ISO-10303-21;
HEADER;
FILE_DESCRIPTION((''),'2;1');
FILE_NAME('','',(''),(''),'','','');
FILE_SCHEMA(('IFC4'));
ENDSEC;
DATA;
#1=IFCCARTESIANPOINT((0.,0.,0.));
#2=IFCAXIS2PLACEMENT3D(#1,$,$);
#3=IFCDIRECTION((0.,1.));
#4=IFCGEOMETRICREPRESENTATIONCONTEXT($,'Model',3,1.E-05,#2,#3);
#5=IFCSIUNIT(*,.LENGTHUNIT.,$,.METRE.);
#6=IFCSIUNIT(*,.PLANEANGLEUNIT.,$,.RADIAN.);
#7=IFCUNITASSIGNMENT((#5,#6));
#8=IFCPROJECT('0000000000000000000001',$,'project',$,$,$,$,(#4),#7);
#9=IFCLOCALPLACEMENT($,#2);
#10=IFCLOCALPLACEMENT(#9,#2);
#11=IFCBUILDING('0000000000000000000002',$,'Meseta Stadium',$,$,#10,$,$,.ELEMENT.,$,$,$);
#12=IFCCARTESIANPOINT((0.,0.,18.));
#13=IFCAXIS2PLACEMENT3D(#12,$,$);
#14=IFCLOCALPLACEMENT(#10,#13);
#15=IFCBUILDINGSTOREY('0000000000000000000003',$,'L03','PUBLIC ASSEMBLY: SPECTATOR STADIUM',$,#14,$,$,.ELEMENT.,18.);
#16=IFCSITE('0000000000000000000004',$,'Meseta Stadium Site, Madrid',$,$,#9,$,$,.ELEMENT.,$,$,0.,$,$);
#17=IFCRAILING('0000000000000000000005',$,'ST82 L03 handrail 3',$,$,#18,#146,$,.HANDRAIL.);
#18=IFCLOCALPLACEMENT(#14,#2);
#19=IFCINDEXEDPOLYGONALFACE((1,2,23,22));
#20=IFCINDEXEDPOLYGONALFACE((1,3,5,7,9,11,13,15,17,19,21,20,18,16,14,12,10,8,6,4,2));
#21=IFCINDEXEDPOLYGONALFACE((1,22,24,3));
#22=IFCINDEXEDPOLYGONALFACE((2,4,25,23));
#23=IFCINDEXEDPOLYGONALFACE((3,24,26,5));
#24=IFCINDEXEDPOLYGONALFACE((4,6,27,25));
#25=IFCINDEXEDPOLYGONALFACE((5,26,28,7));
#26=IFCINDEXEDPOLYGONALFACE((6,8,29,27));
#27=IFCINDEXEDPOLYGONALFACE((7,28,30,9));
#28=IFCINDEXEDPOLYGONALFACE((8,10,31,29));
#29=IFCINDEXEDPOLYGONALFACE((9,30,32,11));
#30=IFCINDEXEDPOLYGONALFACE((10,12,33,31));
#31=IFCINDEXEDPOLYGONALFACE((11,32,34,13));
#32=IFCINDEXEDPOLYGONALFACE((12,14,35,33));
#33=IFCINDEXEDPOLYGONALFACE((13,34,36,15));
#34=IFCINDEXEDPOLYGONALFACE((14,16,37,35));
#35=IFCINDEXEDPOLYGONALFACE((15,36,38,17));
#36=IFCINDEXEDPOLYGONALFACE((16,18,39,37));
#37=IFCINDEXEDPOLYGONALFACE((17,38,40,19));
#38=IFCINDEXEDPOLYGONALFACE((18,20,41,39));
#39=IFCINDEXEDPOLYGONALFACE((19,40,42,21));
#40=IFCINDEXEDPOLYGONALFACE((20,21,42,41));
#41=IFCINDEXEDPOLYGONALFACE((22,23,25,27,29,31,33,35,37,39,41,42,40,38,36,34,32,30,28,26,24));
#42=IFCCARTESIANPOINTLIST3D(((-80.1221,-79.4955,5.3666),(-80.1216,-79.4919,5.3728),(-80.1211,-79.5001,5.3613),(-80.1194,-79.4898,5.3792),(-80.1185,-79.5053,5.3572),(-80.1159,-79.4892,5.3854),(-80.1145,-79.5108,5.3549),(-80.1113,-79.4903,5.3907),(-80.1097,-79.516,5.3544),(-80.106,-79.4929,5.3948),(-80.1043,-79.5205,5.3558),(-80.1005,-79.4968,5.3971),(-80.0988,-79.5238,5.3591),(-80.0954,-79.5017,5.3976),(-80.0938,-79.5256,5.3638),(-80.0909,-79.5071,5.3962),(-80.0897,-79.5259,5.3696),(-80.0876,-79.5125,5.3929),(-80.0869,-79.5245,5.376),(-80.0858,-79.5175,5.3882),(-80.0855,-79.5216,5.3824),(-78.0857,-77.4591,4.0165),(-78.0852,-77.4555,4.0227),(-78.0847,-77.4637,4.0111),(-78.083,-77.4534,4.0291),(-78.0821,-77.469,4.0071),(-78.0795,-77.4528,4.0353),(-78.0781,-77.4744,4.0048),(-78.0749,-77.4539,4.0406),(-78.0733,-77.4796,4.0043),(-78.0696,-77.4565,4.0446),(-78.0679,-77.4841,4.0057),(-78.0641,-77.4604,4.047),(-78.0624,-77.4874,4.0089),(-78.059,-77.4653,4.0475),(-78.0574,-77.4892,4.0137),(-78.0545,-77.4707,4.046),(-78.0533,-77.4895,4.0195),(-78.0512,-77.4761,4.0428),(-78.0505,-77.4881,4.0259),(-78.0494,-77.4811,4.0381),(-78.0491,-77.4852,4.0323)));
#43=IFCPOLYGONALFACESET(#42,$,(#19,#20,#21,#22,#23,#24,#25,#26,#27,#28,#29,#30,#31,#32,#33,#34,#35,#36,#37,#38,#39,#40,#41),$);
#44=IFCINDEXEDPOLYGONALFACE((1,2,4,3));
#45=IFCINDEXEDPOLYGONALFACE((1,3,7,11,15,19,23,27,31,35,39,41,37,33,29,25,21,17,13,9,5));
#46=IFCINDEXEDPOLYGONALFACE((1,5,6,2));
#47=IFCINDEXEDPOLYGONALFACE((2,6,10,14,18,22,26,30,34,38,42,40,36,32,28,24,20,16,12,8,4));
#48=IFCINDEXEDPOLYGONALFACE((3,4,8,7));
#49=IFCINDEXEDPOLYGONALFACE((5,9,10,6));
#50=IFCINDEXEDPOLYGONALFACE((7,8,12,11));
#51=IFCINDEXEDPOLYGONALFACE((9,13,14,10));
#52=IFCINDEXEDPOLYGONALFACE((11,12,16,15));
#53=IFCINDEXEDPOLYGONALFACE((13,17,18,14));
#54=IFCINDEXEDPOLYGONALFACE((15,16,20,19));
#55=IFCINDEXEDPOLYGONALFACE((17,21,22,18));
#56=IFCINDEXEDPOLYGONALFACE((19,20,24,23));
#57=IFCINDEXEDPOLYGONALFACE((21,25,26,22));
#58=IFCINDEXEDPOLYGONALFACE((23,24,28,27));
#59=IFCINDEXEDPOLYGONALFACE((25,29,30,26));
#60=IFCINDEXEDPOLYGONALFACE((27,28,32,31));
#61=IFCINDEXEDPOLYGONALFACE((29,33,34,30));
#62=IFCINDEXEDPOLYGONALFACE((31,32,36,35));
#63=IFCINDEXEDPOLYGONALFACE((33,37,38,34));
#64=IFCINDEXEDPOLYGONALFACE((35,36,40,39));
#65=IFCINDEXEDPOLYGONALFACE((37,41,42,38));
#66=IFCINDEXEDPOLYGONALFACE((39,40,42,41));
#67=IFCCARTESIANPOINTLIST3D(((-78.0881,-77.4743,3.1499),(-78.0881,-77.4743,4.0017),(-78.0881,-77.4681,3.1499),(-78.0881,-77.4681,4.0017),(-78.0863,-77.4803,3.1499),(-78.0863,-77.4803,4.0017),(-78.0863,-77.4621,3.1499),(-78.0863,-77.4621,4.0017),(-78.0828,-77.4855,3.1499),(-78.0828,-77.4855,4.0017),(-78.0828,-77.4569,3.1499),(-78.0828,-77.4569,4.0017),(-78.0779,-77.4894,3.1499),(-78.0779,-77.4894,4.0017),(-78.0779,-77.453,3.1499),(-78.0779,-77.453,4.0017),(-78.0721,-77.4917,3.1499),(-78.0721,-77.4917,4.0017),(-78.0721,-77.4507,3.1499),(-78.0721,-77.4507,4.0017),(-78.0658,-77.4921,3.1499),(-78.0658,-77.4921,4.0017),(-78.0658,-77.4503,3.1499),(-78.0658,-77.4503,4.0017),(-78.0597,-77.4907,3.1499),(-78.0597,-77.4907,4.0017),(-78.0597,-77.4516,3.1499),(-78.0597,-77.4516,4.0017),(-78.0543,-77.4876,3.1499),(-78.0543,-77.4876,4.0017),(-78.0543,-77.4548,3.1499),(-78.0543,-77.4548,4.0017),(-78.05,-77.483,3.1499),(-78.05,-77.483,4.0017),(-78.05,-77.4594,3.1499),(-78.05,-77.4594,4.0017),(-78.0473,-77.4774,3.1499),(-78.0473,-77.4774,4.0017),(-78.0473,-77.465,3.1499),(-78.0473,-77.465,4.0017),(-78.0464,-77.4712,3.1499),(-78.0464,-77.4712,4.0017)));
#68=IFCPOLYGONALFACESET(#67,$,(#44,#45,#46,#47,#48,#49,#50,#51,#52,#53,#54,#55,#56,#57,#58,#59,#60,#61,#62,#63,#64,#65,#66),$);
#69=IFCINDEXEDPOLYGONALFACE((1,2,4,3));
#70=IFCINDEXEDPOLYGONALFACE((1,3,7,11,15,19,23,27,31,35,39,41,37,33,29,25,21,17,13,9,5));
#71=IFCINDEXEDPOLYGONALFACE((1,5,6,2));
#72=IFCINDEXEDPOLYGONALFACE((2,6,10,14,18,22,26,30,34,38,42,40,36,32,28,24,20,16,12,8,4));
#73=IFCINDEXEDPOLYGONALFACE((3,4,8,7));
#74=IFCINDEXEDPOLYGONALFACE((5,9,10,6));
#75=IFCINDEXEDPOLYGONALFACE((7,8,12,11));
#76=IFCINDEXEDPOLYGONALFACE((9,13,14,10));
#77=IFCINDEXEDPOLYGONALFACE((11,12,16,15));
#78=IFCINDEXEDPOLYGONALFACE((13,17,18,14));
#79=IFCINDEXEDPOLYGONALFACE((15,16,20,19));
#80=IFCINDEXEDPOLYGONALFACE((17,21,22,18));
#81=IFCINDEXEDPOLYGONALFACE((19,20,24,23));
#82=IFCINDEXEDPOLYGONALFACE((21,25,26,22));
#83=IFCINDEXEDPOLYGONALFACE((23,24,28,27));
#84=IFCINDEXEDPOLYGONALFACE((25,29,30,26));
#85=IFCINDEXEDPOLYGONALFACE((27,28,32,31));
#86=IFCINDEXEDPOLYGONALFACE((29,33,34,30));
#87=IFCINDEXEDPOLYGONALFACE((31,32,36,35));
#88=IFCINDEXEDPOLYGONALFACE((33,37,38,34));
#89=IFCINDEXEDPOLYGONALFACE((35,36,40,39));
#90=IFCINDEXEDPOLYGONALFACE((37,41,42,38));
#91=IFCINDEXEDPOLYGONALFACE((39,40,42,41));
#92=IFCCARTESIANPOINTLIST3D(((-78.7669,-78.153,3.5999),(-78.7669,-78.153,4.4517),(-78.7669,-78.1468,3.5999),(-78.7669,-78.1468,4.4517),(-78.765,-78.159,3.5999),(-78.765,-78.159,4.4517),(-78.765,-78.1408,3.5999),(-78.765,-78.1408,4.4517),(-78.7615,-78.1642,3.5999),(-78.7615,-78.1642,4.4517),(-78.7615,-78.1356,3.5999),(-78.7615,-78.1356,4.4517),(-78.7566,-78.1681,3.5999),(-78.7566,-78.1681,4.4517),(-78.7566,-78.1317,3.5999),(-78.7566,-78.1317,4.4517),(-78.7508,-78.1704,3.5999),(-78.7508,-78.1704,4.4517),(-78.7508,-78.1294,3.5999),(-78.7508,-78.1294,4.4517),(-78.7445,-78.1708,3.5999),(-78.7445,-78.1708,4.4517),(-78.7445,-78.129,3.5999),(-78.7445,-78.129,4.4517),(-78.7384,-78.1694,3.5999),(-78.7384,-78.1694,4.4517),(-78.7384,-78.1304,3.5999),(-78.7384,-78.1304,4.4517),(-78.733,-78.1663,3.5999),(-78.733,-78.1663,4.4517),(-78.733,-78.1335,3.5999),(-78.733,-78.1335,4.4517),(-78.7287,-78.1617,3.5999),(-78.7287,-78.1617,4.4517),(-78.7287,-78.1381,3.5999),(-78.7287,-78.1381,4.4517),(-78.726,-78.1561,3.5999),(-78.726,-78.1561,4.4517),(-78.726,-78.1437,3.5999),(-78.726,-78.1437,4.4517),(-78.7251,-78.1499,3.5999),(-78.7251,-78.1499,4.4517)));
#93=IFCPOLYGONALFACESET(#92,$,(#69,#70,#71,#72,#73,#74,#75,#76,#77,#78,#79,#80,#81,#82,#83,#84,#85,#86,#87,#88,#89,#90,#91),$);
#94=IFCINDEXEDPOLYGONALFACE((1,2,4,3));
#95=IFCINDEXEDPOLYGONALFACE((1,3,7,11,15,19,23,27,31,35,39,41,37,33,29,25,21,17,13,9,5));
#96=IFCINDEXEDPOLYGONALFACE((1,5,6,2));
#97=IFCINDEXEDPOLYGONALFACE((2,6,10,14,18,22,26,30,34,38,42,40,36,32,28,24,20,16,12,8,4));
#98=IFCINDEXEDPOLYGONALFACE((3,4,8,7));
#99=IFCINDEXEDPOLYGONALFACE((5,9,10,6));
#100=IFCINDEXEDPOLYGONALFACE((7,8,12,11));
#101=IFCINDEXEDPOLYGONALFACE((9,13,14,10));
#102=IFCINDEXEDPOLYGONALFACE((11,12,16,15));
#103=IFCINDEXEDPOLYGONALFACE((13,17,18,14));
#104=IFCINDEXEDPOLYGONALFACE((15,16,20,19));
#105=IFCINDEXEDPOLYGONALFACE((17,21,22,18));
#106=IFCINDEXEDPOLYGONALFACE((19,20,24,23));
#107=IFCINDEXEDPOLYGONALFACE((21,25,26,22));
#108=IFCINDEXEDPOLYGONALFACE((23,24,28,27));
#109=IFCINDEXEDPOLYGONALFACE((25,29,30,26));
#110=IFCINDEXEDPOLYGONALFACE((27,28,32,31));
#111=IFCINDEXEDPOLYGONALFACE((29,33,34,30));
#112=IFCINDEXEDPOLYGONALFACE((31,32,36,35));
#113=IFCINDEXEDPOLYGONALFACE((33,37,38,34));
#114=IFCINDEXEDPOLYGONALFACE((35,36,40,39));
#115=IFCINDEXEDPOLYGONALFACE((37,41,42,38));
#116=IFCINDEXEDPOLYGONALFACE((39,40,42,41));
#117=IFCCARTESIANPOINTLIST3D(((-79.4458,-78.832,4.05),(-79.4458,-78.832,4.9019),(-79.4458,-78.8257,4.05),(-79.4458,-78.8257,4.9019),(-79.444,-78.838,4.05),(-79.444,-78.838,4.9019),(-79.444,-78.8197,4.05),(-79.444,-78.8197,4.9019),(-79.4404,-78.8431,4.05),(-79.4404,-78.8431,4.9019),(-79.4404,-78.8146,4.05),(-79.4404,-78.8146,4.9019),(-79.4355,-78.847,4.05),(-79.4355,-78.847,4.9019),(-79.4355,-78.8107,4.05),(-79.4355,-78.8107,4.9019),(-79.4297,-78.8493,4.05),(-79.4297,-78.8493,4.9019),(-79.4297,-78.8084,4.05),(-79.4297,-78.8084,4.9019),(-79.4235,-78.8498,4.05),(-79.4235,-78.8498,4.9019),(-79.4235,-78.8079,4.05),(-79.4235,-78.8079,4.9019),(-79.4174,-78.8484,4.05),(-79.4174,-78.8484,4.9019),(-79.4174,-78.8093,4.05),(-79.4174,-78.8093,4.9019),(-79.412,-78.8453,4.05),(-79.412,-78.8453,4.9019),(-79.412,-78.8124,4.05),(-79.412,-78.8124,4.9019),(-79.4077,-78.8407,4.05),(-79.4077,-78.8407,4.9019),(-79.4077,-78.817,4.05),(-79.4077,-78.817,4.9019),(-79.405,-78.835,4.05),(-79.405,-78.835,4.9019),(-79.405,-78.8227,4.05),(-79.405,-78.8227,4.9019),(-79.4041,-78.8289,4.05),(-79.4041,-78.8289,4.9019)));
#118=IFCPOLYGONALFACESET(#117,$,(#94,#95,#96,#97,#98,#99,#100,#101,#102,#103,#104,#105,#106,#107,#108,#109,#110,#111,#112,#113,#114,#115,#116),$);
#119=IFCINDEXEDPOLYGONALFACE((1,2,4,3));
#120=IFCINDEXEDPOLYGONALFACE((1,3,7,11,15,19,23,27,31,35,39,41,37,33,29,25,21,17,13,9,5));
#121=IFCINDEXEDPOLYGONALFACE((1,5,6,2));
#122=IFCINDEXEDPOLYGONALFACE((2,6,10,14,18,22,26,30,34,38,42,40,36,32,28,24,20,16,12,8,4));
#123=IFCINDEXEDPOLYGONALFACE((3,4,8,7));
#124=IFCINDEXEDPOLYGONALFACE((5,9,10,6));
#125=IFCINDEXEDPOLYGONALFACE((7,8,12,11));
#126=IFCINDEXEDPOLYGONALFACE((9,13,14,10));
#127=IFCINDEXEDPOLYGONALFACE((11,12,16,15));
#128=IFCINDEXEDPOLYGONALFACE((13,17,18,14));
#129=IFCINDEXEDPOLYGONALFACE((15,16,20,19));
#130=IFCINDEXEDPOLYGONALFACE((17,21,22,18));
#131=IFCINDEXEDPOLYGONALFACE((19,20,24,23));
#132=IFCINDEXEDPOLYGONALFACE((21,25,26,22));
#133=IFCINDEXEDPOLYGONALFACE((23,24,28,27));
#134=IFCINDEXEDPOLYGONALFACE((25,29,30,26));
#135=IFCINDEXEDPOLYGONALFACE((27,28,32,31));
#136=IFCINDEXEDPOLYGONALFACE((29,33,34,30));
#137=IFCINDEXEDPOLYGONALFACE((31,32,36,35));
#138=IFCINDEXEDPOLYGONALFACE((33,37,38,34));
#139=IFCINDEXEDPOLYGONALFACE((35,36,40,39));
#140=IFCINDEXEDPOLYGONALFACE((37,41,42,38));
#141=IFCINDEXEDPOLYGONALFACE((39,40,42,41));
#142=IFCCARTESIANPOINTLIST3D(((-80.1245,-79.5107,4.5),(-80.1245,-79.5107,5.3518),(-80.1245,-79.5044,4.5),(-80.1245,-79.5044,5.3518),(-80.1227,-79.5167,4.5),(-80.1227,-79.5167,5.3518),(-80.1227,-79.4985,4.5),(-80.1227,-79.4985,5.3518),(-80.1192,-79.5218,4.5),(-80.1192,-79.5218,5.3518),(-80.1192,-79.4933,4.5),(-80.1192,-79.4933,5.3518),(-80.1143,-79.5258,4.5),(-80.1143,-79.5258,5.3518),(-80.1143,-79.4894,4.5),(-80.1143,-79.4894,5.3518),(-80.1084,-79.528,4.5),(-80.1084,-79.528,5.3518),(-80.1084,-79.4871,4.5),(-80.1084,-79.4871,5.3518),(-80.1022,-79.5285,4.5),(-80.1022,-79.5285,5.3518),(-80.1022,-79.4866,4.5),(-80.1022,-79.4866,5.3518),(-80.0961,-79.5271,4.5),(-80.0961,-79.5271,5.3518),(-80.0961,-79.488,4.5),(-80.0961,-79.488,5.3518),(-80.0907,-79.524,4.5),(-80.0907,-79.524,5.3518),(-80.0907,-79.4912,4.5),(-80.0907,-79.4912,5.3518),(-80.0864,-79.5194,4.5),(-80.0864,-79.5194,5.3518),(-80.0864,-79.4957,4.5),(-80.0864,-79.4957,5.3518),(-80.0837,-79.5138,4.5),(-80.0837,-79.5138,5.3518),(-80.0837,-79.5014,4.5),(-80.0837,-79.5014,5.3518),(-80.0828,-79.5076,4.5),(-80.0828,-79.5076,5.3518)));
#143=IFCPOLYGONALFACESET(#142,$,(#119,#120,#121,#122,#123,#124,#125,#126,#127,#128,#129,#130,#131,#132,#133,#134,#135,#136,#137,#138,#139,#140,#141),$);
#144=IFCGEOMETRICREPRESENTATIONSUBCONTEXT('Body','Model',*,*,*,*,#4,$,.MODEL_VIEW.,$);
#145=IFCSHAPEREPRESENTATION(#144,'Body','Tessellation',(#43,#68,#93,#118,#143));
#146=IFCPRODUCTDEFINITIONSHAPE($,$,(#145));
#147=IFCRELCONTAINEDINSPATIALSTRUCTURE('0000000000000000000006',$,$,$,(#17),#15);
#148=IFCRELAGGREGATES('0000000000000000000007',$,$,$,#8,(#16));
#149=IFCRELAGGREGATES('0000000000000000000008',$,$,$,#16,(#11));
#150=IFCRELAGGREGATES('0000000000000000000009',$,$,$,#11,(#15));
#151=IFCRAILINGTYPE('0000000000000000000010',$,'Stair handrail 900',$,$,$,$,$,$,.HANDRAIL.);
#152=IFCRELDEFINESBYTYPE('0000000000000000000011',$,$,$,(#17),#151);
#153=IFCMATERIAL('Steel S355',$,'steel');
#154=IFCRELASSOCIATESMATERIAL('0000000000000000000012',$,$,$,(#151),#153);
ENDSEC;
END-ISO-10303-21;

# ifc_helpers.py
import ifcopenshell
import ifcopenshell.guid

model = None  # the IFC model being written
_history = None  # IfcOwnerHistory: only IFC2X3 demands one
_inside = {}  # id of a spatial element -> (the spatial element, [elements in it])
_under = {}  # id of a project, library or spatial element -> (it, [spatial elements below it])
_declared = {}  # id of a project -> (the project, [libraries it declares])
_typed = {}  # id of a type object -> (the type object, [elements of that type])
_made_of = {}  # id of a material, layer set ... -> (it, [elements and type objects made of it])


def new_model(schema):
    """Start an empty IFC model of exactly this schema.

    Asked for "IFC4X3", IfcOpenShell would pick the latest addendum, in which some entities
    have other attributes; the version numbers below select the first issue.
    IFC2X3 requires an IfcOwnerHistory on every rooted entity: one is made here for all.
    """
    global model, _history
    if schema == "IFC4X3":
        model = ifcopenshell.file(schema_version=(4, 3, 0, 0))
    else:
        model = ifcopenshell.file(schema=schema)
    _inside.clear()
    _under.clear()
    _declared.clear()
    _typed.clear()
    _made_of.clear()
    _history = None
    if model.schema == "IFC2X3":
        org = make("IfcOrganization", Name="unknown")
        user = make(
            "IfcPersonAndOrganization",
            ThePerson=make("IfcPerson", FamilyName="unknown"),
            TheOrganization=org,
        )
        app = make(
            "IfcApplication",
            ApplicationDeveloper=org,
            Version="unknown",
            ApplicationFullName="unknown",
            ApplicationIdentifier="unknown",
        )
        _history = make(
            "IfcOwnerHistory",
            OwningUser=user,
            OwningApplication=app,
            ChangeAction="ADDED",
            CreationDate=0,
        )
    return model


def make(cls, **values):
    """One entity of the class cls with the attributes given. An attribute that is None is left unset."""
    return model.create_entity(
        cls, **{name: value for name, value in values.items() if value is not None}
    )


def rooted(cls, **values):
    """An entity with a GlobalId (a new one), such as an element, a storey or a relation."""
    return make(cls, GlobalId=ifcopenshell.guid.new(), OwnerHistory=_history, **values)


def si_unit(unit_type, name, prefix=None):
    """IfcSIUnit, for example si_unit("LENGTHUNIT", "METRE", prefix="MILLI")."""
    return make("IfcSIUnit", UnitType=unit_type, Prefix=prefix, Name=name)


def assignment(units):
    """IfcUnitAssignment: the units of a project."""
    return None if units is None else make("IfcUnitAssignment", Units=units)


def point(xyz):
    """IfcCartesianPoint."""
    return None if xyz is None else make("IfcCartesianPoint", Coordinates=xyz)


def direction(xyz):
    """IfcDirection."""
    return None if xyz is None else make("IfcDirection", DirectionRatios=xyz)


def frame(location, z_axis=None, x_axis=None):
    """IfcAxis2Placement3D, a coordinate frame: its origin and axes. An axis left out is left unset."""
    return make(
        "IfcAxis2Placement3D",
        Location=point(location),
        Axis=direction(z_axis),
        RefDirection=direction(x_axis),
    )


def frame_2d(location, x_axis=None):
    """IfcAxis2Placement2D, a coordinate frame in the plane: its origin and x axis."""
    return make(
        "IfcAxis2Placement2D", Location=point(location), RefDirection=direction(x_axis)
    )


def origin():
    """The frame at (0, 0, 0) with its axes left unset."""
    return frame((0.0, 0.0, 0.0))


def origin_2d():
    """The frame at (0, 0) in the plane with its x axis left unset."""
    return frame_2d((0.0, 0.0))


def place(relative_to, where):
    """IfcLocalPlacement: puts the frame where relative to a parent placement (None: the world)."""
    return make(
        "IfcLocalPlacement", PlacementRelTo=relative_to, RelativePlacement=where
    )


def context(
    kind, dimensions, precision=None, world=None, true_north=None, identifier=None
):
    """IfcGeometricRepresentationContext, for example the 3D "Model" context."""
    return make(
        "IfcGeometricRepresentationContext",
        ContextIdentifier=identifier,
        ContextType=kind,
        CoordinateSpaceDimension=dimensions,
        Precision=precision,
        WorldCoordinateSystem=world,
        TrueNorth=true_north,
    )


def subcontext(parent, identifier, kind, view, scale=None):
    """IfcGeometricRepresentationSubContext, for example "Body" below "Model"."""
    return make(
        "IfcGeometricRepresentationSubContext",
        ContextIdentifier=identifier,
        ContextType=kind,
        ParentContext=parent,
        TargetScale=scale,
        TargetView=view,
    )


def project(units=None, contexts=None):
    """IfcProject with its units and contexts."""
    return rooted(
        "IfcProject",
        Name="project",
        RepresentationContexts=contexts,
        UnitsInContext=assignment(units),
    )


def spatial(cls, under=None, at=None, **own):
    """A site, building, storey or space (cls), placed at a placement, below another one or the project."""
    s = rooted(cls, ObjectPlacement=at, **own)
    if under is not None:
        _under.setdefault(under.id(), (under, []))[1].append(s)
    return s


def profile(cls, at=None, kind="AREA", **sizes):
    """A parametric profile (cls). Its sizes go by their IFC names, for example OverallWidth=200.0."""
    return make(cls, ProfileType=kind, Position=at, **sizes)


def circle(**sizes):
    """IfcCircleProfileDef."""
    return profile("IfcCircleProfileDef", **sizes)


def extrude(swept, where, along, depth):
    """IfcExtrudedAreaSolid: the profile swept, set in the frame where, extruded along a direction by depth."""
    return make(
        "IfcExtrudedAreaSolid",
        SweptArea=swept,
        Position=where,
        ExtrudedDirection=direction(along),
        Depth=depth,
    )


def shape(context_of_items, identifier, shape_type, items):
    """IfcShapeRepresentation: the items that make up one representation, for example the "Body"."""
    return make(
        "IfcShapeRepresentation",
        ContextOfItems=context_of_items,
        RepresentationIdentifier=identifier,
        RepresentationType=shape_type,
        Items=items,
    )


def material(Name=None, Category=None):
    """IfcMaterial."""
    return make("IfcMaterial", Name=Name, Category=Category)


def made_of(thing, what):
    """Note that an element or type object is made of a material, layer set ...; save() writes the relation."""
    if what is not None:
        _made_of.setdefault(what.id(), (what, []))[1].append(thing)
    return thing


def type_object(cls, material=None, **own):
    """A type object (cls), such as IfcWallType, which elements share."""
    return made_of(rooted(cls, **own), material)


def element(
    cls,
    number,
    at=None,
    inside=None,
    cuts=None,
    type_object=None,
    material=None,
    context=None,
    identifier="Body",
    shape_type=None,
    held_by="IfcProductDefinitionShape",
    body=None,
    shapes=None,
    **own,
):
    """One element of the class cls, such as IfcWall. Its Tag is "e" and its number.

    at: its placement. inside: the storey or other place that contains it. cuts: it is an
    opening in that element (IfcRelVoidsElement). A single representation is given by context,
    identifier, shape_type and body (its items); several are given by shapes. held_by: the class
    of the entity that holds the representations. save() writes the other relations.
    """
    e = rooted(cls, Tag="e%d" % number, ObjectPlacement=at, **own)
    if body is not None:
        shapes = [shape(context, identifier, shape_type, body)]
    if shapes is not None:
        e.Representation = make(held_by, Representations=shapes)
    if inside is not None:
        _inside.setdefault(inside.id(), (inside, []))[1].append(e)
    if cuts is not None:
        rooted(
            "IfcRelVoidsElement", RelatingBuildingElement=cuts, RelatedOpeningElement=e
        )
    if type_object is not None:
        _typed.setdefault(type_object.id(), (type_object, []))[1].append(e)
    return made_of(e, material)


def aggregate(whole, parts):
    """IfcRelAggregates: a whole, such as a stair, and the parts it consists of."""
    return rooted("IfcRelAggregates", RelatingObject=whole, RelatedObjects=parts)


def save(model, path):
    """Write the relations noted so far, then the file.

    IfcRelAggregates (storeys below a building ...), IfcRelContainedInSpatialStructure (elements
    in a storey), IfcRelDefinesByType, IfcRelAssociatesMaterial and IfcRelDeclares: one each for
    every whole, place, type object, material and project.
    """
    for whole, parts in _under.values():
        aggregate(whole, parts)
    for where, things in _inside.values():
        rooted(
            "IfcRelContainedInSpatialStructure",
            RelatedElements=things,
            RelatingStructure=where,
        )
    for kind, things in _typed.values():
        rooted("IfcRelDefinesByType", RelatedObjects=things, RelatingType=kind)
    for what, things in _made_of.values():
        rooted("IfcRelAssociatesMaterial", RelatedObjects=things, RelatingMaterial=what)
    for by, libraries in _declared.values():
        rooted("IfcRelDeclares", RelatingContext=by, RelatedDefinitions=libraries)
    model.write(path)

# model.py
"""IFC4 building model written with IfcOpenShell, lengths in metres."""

from ifc_helpers import new_model, si_unit, direction, frame, origin, origin_2d, place, context, subcontext, project, spatial, circle, extrude, material, type_object, element, save


model = new_model("IFC4")

# Units and contexts
model_context = context("Model", 3, precision=1e-05, world=origin(), true_north=direction((0.0, 1.0)))
body_context = subcontext(model_context, "Body", "Model", "MODEL_VIEW")
ifc_project = project(units=[si_unit("LENGTHUNIT", "METRE"), si_unit("PLANEANGLEUNIT", "RADIAN")], contexts=[model_context])

# Site, building, storey
site_placement = place(None, origin())
site = spatial("IfcSite", under=ifc_project, at=site_placement, Name="Meseta Stadium Site, Madrid", CompositionType="ELEMENT", RefElevation=0.0)
building_placement = place(site_placement, origin())
building = spatial("IfcBuilding", under=site, at=building_placement, Name="Meseta Stadium", CompositionType="ELEMENT")
storey_placement = place(building_placement, frame((0.0, 0.0, 18.0)))
storey = spatial("IfcBuildingStorey", under=building, at=storey_placement, Name="L03", Description="PUBLIC ASSEMBLY: SPECTATOR STADIUM", CompositionType="ELEMENT", Elevation=18.0)

# Railing
ifc_material_1 = material(Name="Steel S355", Category="steel")
railing_type_1 = type_object("IfcRailingType", Name="Stair handrail 900", PredefinedType="HANDRAIL", material=ifc_material_1)
for number, where, name in (
    (1, (-78.0674, -77.4712, 3.1499), "ST82 L03 handrail 3"),
):
    element("IfcRailing", number, at=place(storey_placement, frame(where)), inside=storey, type_object=railing_type_1, Name=name, PredefinedType="HANDRAIL", context=body_context, shape_type="SweptSolid", body=[
        extrude(circle(Radius=0.0239, at=origin_2d()), frame((0.0, 0.0, 0.876), z_axis=(-0.640243, -0.640243, 0.424475), x_axis=(0.707107, -0.707107, 0.0)), (0.0, 0.0, 1.0), 3.1807),
        extrude(circle(Radius=0.021, at=origin_2d()), origin(), (0.0, 0.0, 1.0), 0.8518),
        extrude(circle(Radius=0.021, at=origin_2d()), frame((-0.6787, -0.6787, 0.45)), (0.0, 0.0, 1.0), 0.8518),
        extrude(circle(Radius=0.021, at=origin_2d()), frame((-1.3577, -1.3577, 0.9001)), (0.0, 0.0, 1.0), 0.8518),
        extrude(circle(Radius=0.021, at=origin_2d()), frame((-2.0364, -2.0364, 1.3501)), (0.0, 0.0, 1.0), 0.8518),
    ])

save(model, "model.ifc")
